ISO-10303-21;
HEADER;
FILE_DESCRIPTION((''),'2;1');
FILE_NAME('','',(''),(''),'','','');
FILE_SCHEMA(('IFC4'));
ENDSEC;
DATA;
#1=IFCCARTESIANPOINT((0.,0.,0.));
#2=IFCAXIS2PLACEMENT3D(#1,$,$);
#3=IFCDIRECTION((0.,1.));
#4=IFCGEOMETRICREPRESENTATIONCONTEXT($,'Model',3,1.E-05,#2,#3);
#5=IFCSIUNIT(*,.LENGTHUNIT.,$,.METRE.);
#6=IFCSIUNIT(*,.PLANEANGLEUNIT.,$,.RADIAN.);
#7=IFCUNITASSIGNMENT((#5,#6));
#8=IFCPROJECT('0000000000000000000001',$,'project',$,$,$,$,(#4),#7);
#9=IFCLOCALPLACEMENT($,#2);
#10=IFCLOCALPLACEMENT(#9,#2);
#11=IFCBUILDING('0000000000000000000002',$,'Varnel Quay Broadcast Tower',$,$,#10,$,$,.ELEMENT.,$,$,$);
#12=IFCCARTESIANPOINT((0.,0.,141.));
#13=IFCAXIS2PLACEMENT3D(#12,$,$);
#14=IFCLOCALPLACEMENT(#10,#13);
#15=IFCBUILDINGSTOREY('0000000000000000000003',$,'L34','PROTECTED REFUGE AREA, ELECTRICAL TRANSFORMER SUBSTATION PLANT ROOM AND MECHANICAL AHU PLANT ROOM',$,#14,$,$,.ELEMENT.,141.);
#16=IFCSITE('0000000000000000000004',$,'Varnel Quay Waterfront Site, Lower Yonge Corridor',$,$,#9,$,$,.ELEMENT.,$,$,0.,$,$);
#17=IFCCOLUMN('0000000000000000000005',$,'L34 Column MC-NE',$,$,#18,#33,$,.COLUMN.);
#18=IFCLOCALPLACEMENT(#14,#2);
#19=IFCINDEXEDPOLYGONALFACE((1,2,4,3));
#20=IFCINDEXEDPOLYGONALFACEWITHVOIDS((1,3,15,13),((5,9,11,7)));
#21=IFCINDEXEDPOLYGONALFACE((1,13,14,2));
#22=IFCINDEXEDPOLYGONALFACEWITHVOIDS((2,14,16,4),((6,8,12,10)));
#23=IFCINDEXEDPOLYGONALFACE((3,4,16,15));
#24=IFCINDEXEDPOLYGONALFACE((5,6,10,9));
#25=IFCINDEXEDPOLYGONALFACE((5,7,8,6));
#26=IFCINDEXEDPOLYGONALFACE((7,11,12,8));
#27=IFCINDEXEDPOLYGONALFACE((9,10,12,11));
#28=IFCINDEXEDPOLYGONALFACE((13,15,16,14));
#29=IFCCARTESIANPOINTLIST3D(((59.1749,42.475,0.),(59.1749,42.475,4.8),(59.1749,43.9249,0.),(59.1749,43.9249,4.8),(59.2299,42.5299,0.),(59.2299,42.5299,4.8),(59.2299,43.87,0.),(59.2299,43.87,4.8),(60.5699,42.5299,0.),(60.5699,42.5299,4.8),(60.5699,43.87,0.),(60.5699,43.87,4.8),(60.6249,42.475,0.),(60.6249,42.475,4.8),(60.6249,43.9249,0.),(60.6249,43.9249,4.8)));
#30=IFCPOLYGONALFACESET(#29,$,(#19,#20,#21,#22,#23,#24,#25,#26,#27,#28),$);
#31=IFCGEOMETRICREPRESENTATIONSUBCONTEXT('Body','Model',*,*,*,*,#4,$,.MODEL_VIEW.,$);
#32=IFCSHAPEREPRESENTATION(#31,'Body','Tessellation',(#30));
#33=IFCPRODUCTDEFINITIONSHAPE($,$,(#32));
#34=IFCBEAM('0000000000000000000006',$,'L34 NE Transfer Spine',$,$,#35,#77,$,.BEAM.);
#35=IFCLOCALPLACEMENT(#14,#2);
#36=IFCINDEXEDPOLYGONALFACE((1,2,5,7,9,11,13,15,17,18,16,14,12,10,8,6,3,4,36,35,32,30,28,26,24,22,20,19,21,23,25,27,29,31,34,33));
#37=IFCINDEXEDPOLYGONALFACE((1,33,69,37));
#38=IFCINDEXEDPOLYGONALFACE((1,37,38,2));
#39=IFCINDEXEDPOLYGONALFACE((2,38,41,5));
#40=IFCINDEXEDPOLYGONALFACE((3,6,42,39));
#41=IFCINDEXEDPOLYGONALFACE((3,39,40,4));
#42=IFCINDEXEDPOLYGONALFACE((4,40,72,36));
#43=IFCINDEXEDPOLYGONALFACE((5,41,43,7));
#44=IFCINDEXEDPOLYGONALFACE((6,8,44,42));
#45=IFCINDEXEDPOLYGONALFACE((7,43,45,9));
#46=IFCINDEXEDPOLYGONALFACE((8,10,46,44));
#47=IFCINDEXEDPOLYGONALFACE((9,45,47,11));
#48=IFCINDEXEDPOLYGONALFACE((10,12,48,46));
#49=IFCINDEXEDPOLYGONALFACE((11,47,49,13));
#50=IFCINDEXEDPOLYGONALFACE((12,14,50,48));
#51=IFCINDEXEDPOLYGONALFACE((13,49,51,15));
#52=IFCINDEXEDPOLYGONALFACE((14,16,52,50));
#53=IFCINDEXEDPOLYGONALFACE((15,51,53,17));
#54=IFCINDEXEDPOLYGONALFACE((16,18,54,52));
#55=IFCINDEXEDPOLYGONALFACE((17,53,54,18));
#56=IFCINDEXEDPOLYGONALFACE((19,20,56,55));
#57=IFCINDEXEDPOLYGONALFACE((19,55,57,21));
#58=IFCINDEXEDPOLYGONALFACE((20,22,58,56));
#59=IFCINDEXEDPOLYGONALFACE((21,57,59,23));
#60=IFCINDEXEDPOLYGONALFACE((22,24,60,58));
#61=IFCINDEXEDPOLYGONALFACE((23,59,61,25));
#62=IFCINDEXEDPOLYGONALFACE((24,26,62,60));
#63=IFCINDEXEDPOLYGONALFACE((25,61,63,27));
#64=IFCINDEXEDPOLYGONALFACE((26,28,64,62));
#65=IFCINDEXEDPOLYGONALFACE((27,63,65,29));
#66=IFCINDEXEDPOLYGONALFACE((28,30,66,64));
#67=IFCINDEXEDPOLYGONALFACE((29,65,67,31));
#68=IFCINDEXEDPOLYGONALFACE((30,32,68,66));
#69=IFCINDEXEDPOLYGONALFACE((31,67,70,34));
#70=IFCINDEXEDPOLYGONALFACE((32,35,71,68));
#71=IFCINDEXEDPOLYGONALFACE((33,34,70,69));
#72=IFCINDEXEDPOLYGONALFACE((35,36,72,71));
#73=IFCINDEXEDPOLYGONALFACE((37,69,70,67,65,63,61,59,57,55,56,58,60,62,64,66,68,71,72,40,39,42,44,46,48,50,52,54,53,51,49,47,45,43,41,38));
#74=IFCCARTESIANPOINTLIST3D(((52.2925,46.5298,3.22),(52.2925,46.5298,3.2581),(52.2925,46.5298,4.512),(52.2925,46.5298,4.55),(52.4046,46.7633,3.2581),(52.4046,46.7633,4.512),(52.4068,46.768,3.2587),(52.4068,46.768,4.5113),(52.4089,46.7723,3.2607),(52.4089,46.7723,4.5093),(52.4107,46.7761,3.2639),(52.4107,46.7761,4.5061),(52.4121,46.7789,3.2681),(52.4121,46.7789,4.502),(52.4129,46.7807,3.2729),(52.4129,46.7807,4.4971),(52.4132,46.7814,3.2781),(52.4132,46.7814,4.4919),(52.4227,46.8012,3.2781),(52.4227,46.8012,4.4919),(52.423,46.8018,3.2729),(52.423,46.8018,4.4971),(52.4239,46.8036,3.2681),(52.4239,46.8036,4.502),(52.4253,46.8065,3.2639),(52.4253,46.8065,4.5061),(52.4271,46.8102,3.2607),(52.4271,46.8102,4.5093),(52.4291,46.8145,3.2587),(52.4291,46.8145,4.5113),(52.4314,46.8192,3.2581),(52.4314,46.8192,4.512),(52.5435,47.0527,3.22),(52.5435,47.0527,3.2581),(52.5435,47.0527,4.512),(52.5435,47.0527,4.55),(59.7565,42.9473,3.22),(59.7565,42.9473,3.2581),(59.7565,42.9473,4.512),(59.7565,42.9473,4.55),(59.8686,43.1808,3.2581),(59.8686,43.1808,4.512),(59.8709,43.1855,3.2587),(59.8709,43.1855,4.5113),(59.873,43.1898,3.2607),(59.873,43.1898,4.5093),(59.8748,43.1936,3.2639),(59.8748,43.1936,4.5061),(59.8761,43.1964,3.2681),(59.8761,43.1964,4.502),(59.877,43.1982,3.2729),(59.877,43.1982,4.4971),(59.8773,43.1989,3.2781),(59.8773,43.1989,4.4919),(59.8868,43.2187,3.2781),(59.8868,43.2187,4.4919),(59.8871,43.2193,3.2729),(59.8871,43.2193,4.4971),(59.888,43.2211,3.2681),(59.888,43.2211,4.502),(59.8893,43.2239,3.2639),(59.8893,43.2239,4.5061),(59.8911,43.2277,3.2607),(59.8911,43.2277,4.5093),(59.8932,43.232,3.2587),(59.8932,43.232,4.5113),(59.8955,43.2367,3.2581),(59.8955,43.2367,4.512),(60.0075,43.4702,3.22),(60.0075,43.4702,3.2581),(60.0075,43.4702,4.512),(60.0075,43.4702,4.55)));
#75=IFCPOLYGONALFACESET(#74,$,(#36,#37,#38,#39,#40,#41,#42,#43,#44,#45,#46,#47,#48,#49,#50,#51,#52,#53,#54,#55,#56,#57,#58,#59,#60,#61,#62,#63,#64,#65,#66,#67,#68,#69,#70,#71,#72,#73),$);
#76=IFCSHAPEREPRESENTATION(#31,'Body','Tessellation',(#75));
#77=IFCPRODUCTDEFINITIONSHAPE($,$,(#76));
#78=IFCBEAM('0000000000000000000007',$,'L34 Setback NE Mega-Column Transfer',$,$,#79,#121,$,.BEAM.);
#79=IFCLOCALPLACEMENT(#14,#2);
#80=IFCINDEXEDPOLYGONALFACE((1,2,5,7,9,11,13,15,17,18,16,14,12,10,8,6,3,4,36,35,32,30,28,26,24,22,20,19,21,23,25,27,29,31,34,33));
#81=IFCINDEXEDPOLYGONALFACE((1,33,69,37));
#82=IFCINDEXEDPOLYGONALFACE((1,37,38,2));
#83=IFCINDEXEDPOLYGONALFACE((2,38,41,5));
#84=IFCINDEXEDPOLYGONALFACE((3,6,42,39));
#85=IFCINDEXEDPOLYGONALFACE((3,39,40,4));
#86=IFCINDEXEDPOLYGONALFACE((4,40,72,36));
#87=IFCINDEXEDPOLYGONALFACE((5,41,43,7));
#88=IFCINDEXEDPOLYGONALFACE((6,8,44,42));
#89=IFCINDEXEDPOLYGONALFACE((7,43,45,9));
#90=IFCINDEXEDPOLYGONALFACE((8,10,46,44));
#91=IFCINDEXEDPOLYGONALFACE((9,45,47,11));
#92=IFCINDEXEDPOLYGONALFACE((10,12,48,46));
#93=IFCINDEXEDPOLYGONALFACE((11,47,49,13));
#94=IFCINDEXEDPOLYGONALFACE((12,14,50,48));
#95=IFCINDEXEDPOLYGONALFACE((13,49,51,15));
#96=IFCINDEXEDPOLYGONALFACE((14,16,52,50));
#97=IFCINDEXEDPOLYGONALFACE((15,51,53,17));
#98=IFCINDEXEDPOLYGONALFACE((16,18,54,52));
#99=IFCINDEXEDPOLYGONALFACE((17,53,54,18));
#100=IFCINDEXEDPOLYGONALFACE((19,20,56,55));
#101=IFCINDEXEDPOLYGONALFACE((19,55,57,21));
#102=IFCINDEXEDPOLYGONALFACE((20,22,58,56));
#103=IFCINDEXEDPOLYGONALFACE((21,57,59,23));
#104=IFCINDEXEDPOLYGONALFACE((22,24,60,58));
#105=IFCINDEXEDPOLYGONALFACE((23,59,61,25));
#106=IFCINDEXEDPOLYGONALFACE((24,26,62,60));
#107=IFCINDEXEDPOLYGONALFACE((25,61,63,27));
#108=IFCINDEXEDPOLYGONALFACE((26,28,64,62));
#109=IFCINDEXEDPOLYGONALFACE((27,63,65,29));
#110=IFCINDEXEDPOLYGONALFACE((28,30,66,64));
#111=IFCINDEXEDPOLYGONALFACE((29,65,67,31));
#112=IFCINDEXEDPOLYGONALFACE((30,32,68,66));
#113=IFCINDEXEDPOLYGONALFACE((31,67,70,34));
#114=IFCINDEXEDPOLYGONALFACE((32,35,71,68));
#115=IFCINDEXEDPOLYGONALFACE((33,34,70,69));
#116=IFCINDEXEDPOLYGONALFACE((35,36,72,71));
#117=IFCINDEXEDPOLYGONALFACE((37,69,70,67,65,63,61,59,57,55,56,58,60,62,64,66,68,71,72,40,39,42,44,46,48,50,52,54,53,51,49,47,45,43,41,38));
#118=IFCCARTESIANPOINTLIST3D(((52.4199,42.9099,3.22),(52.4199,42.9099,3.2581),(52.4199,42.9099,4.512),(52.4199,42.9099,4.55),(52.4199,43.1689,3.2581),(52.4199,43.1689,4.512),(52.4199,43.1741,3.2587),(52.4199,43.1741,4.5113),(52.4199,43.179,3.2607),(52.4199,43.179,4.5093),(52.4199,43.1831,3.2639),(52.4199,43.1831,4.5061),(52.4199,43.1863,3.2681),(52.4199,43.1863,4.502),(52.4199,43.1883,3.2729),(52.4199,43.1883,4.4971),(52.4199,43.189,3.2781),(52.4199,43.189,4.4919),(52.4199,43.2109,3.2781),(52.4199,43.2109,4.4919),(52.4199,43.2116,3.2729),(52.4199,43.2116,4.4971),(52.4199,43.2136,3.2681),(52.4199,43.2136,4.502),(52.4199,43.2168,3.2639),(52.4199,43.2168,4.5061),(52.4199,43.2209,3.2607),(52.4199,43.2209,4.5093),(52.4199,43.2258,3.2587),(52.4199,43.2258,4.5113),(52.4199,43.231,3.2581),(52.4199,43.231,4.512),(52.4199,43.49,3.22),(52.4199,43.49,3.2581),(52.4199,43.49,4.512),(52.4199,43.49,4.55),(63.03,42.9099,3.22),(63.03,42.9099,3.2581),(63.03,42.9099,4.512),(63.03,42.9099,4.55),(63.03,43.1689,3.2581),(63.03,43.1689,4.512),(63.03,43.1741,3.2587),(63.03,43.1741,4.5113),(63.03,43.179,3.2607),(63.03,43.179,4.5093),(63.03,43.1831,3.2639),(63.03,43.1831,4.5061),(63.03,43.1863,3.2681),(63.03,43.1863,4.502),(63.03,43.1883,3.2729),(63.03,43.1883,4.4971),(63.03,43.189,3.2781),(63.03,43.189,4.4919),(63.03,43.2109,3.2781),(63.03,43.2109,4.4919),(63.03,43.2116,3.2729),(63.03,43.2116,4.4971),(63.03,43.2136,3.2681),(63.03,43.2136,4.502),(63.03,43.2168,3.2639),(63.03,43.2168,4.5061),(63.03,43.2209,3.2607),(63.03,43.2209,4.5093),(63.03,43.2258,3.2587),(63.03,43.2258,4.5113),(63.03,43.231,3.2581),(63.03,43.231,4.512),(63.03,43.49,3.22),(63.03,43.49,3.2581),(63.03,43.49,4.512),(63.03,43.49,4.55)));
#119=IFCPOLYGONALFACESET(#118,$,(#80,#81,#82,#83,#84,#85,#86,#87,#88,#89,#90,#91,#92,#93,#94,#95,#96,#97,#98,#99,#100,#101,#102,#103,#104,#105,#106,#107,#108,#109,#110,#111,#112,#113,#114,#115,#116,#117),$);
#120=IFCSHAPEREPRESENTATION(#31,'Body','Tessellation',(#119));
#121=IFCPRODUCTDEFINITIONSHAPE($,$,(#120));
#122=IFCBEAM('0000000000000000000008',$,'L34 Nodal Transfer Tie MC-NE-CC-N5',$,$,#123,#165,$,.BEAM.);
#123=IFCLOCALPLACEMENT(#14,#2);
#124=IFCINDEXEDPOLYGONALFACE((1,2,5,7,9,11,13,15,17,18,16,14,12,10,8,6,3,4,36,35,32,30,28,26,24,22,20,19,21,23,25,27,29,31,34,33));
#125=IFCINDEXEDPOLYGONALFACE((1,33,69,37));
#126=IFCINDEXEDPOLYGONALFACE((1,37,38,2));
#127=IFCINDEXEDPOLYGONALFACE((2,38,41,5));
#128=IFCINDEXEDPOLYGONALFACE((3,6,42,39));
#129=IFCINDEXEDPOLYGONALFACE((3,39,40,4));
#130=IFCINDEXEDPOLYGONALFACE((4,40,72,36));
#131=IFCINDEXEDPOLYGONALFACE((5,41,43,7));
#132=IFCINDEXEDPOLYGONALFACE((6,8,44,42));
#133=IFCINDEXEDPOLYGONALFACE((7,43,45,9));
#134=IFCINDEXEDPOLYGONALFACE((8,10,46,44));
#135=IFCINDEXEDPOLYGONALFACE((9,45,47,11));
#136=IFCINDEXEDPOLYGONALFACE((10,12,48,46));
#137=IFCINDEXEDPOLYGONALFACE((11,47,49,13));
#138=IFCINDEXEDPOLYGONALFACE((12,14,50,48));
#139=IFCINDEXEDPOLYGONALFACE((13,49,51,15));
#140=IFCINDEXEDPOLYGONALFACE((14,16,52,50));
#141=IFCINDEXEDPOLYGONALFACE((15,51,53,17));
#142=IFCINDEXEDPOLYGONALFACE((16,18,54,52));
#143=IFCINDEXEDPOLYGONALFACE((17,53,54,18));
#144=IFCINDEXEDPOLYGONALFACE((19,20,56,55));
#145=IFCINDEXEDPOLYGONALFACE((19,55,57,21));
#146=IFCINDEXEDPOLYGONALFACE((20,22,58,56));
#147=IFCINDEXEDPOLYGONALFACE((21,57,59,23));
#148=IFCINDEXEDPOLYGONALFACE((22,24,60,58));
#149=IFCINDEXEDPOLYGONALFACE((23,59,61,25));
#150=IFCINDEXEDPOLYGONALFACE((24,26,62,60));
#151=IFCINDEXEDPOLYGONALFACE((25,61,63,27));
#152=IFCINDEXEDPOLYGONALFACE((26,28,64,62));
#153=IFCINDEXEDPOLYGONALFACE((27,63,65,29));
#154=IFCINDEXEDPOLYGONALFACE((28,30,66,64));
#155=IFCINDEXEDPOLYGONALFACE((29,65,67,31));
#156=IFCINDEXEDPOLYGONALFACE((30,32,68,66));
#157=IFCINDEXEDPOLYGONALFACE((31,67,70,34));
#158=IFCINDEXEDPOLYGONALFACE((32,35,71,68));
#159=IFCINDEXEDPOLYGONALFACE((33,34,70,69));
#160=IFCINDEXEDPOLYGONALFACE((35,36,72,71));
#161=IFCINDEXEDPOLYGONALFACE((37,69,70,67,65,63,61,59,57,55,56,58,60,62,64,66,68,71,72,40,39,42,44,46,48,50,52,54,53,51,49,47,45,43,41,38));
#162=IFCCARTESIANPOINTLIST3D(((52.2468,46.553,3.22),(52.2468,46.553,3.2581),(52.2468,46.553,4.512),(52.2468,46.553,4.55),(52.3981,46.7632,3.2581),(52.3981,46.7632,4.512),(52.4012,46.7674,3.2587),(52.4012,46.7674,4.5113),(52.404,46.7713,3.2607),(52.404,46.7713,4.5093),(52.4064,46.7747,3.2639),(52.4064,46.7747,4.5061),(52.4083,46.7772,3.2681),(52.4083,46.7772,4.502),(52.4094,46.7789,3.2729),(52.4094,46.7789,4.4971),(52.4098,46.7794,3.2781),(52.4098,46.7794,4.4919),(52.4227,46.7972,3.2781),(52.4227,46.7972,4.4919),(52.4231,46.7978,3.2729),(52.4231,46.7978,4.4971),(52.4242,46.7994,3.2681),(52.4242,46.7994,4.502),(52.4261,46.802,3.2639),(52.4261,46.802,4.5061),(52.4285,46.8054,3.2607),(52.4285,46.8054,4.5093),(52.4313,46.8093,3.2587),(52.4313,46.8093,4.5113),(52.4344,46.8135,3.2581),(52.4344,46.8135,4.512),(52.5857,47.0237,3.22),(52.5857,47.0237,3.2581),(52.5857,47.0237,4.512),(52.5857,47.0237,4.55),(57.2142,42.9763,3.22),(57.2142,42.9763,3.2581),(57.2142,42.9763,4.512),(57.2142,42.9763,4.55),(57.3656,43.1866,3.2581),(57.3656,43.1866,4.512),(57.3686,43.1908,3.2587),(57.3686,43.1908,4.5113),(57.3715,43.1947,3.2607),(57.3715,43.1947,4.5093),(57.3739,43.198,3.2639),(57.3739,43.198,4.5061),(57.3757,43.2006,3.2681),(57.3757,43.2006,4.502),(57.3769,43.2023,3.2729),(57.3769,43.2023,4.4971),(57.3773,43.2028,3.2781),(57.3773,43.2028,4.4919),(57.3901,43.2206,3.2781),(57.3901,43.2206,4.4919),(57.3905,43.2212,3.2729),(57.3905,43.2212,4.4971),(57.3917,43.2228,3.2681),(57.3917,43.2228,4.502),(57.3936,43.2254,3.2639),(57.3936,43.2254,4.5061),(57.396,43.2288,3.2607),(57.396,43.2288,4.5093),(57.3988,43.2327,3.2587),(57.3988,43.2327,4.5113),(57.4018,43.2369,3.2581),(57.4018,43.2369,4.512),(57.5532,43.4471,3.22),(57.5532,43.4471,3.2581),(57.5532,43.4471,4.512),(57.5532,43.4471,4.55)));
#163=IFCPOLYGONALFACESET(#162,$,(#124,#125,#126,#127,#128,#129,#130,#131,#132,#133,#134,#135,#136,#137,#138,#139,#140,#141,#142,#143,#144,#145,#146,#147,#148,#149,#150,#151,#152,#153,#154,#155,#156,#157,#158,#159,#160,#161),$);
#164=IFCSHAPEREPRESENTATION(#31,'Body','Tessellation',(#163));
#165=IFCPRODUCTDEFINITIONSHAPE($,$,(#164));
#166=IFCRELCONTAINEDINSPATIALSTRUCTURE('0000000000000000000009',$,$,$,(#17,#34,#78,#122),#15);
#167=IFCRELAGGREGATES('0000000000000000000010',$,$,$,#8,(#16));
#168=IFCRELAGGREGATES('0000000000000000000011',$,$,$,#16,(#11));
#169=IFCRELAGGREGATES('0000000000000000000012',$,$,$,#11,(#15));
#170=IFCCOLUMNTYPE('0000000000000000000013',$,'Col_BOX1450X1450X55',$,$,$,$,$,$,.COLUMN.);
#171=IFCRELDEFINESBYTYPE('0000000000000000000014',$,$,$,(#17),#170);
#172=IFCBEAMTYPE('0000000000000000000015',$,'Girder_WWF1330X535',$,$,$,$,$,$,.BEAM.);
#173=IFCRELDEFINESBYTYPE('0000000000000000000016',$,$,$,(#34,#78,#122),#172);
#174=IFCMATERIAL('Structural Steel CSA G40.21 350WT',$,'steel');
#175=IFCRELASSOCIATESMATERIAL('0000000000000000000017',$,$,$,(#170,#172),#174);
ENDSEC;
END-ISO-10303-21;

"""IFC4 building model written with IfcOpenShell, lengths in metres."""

from ifc_helpers import new_model, si_unit, direction, frame, origin, origin_2d, place, context, subcontext, project, spatial, hollow_rectangle, i_section, extrude, source, transform, mapped, material, material_profile, profile_set, type_object, type_shapes, element, save


model = new_model("IFC4")

# Units and contexts
model_context = context("Model", 3, precision=1e-05, world=origin(), true_north=direction((0.0, 1.0)))
body_context = subcontext(model_context, "Body", "Model", "MODEL_VIEW")
ifc_project = project(units=[si_unit("LENGTHUNIT", "METRE"), si_unit("PLANEANGLEUNIT", "RADIAN")], contexts=[model_context])

# Site, building, storey
site_placement = place(None, origin())
site = spatial("IfcSite", under=ifc_project, at=site_placement, Name="Varnel Quay Waterfront Site, Lower Yonge Corridor", CompositionType="ELEMENT", RefElevation=0.0)
building_placement = place(site_placement, origin())
building = spatial("IfcBuilding", under=site, at=building_placement, Name="Varnel Quay Broadcast Tower", CompositionType="ELEMENT")
storey_placement = place(building_placement, frame((0.0, 0.0, 141.0)))
storey = spatial("IfcBuildingStorey", under=building, at=storey_placement, Name="L34", Description="PROTECTED REFUGE AREA, ELECTRICAL TRANSFORMER SUBSTATION PLANT ROOM AND MECHANICAL AHU PLANT ROOM", CompositionType="ELEMENT", Elevation=141.0)

# Column
ifc_material_1 = material(Name="Structural Steel CSA G40.21 350WT", Category="steel")
ifc_material_profile_1 = material_profile(ifc_material_1, hollow_rectangle(XDim=1.45, YDim=1.45, WallThickness=0.0549, at=origin_2d()), Name="BOX1450X1450X55")
ifc_profile_set_1 = profile_set([ifc_material_profile_1], Name="Structural Steel CSA G40.21 350WT")
column_type = type_object("IfcColumnType", Name="Col_BOX1450X1450X55", PredefinedType="COLUMN", material=ifc_profile_set_1)
shared_shape_1 = source(origin(), body_context, "Body", "SweptSolid", [
    extrude(hollow_rectangle(XDim=1.45, YDim=1.45, WallThickness=0.0549, at=origin_2d()), origin(), (0.0, 0.0, 1.0), 4.8),
])
type_shapes(column_type, [shared_shape_1])
column_placement = place(storey_placement, frame((59.8999, 43.2, 0.0), z_axis=(0.0, 0.0, 1.0), x_axis=(1.0, 0.0, 0.0)))
element("IfcColumn", 1, at=column_placement, inside=storey, type_object=column_type, Name="L34 Column MC-NE", PredefinedType="COLUMN", context=body_context, shape_type="MappedRepresentation", body=[
    mapped(shared_shape_1, transform((0.0, 0.0, 0.0), x_axis=(1.0, 0.0, 0.0), y_axis=(0.0, 1.0, 0.0), z_axis=(0.0, 0.0, 1.0), scale=1.0)),
])

# Beams
ifc_material_profile_2 = material_profile(ifc_material_1, i_section(OverallWidth=0.5801, OverallDepth=1.3301, WebThickness=0.022, FlangeThickness=0.0381, FilletRadius=0.02, at=origin_2d()), Name="WWF1330X535")
ifc_profile_set_2 = profile_set([ifc_material_profile_2], Name="Structural Steel CSA G40.21 350WT")
beam_type = type_object("IfcBeamType", Name="Girder_WWF1330X535", PredefinedType="BEAM", material=ifc_profile_set_2)
shared_shape_2 = source(origin(), body_context, "Body", "SweptSolid", [
    extrude(i_section(OverallWidth=0.5801, OverallDepth=1.3301, WebThickness=0.022, FlangeThickness=0.0381, FilletRadius=0.02, at=origin_2d()), origin(), (0.0, 0.0, 1.0), 8.2793),
])
beam_1_placement = place(storey_placement, frame((52.418, 46.7913, 3.885), z_axis=(0.901535, -0.432706, 0.0), x_axis=(0.432706, 0.901535, 0.0)))
element("IfcBeam", 2, at=beam_1_placement, inside=storey, type_object=beam_type, Name="L34 NE Transfer Spine", PredefinedType="BEAM", context=body_context, shape_type="MappedRepresentation", body=[
    mapped(shared_shape_2, transform((0.0, 0.0, 0.0), x_axis=(1.0, 0.0, 0.0), y_axis=(0.0, 1.0, 0.0), z_axis=(0.0, 0.0, 1.0), scale=1.0)),
])
shared_shape_3 = source(origin(), body_context, "Body", "SweptSolid", [
    extrude(i_section(OverallWidth=0.5801, OverallDepth=1.3301, WebThickness=0.022, FlangeThickness=0.0381, FilletRadius=0.02, at=origin_2d()), origin(), (0.0, 0.0, 1.0), 10.6101),
])
beam_2_placement = place(storey_placement, frame((52.4199, 43.2, 3.885), z_axis=(1.0, 0.0, 0.0), x_axis=(0.0, 1.0, 0.0)))
element("IfcBeam", 3, at=beam_2_placement, inside=storey, type_object=beam_type, Name="L34 Setback NE Mega-Column Transfer", PredefinedType="BEAM", context=body_context, shape_type="MappedRepresentation", body=[
    mapped(shared_shape_3, transform((0.0, 0.0, 0.0), x_axis=(1.0, 0.0, 0.0), y_axis=(0.0, 1.0, 0.0), z_axis=(0.0, 0.0, 1.0), scale=1.0)),
])
shared_shape_4 = source(origin(), body_context, "Body", "SweptSolid", [
    extrude(i_section(OverallWidth=0.5801, OverallDepth=1.3301, WebThickness=0.022, FlangeThickness=0.0381, FilletRadius=0.02, at=origin_2d()), origin(), (0.0, 0.0, 1.0), 6.1211),
])
beam_3_placement = place(storey_placement, frame((52.4163, 46.7883, 3.885), z_axis=(0.811531, -0.584309, 0.0), x_axis=(0.584309, 0.811531, 0.0)))
element("IfcBeam", 4, at=beam_3_placement, inside=storey, type_object=beam_type, Name="L34 Nodal Transfer Tie MC-NE-CC-N5", PredefinedType="BEAM", context=body_context, shape_type="MappedRepresentation", body=[
    mapped(shared_shape_4, transform((0.0, 0.0, 0.0), x_axis=(1.0, 0.0, 0.0), y_axis=(0.0, 1.0, 0.0), z_axis=(0.0, 0.0, 1.0), scale=1.0)),
])

save(model, "model.ifc")
